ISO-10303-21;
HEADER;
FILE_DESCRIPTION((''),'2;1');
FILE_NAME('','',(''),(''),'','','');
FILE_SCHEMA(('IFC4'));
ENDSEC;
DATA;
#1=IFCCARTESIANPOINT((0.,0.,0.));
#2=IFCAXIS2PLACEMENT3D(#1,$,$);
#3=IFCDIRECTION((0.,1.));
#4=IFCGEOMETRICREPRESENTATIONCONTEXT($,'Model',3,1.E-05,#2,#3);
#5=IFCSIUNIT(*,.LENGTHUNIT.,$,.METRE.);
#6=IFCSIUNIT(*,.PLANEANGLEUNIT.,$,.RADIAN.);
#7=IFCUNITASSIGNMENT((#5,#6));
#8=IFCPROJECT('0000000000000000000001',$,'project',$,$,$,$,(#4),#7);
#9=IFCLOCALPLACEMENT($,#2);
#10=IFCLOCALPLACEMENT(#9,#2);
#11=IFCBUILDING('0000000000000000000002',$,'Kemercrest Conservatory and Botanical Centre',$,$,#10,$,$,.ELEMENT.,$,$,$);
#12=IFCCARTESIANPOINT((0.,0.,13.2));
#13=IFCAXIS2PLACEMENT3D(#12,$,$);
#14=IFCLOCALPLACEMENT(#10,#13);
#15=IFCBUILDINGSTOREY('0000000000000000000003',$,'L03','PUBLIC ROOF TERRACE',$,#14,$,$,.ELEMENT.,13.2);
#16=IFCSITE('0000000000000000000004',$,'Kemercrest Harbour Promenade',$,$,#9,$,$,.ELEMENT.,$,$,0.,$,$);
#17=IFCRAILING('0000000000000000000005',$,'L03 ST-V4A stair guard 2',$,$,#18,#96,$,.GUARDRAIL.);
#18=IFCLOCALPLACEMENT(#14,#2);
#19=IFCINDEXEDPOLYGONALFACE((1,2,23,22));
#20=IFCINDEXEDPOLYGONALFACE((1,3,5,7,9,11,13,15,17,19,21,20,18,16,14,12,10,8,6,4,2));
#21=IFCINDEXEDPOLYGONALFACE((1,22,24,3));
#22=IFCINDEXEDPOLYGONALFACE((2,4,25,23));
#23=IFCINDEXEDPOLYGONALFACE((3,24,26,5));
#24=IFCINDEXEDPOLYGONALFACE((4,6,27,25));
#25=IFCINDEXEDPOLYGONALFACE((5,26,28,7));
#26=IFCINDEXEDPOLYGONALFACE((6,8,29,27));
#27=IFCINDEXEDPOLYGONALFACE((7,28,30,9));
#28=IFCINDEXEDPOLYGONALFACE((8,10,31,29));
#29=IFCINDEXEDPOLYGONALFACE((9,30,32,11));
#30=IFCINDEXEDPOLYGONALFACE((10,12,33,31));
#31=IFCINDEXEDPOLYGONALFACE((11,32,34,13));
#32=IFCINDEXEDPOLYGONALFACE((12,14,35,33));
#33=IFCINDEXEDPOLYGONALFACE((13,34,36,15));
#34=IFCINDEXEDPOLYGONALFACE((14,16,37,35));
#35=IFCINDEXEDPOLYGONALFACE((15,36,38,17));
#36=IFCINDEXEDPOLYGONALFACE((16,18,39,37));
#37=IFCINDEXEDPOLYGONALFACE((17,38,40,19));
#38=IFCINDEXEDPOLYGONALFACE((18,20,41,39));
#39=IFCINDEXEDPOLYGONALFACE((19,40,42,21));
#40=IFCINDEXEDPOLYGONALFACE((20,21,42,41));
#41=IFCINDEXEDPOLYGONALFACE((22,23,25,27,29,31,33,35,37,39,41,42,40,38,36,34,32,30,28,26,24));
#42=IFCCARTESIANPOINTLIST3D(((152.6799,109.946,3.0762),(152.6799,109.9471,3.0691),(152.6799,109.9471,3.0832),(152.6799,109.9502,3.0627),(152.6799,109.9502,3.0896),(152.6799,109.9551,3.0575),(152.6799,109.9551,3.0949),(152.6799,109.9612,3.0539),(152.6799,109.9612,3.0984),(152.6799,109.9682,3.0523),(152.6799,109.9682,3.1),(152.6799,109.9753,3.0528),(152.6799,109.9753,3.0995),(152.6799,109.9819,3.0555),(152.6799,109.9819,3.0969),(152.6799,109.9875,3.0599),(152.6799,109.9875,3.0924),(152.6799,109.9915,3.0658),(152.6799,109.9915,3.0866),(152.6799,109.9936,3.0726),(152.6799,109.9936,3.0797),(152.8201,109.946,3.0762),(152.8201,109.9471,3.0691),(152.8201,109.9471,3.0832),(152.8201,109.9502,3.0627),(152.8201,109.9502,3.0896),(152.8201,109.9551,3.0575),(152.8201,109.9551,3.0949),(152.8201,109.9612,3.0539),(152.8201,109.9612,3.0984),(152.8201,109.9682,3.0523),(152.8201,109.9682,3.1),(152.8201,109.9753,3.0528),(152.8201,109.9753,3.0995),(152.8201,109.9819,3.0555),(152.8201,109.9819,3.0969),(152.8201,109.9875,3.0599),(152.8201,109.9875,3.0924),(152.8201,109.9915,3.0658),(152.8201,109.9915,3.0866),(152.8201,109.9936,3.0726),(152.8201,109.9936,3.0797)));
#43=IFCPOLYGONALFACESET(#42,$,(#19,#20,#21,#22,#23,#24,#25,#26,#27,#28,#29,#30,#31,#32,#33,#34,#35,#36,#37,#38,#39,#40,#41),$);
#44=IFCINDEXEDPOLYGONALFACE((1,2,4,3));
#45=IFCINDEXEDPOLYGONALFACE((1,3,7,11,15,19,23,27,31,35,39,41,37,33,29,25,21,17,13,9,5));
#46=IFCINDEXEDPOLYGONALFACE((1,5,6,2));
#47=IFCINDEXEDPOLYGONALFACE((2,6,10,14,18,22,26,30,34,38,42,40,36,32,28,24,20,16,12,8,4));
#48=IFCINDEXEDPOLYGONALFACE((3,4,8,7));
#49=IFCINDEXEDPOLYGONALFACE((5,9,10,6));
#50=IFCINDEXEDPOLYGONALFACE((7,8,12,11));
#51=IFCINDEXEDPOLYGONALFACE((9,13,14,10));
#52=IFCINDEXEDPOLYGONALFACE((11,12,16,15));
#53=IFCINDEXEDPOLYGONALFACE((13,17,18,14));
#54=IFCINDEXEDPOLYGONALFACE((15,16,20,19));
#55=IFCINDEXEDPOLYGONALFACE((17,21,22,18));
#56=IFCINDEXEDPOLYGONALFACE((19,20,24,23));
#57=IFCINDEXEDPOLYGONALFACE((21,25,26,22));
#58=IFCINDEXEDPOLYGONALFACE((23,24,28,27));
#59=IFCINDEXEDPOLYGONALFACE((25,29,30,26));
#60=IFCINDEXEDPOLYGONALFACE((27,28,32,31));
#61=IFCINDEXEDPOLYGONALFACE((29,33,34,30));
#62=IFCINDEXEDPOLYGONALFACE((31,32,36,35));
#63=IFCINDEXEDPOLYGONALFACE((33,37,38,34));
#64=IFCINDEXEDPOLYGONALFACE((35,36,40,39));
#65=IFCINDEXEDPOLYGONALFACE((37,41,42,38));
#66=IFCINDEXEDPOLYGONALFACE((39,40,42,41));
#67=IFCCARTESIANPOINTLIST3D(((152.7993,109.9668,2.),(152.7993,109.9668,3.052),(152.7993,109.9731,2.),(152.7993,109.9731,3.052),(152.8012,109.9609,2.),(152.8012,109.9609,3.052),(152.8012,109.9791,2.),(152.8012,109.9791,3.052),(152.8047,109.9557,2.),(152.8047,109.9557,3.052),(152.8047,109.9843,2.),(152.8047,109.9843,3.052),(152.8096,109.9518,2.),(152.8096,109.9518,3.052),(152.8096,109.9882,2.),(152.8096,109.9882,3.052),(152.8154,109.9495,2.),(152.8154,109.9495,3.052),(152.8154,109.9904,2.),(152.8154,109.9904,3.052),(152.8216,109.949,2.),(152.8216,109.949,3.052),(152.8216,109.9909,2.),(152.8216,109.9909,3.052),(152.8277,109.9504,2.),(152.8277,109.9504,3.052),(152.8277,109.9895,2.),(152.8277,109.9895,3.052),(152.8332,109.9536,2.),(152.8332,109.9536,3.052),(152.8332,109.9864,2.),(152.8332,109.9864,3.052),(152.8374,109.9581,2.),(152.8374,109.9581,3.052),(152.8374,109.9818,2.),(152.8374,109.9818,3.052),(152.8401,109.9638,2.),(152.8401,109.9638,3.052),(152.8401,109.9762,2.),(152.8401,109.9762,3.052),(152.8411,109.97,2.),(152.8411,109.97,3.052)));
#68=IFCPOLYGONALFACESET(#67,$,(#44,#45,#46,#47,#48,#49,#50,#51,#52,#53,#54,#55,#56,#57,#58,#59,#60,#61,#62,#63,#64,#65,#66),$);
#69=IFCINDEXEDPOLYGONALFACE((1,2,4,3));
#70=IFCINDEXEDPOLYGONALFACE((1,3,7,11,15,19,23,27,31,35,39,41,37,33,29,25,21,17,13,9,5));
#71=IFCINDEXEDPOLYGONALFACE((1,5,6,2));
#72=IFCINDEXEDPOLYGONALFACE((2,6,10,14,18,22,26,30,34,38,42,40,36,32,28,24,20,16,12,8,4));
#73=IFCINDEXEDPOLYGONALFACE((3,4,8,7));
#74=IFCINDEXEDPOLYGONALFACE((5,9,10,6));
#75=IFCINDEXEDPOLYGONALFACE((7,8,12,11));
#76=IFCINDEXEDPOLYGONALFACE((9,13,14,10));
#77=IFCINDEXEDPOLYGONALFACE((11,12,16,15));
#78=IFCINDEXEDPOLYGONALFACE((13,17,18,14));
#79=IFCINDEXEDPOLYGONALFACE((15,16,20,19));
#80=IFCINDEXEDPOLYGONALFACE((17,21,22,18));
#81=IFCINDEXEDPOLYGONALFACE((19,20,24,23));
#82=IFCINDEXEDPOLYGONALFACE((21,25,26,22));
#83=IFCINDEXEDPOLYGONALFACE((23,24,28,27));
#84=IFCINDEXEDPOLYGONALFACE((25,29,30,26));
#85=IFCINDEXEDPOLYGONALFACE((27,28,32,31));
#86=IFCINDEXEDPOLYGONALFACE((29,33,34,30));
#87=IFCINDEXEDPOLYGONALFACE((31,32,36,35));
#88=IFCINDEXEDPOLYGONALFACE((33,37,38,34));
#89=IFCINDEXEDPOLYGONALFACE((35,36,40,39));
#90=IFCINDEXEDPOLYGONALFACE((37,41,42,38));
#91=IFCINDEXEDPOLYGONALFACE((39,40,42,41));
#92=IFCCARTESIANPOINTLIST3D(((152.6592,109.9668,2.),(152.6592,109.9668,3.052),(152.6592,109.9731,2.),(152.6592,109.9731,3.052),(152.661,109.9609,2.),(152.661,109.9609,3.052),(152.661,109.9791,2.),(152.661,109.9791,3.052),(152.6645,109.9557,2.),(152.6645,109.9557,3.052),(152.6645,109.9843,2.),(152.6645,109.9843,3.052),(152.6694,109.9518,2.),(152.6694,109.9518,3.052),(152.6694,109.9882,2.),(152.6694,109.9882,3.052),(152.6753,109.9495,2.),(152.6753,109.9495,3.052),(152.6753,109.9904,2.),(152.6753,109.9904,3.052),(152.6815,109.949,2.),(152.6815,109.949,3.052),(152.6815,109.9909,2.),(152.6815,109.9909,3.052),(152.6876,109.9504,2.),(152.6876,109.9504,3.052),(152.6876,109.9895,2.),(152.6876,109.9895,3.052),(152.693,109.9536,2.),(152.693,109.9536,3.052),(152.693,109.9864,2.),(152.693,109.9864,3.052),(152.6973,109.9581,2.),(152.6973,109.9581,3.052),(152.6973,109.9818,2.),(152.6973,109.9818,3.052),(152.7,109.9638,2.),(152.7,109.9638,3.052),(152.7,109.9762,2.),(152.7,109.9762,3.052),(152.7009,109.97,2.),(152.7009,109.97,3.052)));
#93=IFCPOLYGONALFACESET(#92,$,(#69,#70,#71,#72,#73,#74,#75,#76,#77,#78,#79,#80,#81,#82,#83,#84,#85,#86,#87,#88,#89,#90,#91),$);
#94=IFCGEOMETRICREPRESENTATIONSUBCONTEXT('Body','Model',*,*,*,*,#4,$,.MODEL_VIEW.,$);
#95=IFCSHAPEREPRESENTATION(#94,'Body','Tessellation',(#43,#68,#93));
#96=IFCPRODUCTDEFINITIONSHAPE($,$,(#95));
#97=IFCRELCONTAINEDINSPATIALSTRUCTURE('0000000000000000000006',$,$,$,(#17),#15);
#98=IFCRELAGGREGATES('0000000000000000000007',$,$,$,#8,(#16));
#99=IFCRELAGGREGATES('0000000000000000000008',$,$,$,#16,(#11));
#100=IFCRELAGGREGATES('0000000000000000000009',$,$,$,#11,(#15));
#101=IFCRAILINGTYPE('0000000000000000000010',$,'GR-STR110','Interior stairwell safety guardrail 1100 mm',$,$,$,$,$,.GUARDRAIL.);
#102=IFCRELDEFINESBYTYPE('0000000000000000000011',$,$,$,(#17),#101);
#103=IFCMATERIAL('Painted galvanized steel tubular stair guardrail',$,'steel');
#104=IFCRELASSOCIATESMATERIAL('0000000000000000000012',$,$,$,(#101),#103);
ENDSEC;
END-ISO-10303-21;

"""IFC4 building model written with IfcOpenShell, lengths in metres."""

from ifc_helpers import new_model, si_unit, direction, frame, origin, origin_2d, place, context, subcontext, project, spatial, circle, extrude, material, type_object, element, save


model = new_model("IFC4")

# Units and contexts
model_context = context("Model", 3, precision=1e-05, world=origin(), true_north=direction((0.0, 1.0)))
body_context = subcontext(model_context, "Body", "Model", "MODEL_VIEW")
ifc_project = project(units=[si_unit("LENGTHUNIT", "METRE"), si_unit("PLANEANGLEUNIT", "RADIAN")], contexts=[model_context])

# Site, building, storey
site_placement = place(None, origin())
site = spatial("IfcSite", under=ifc_project, at=site_placement, Name="Kemercrest Harbour Promenade", CompositionType="ELEMENT", RefElevation=0.0)
building_placement = place(site_placement, origin())
building = spatial("IfcBuilding", under=site, at=building_placement, Name="Kemercrest Conservatory and Botanical Centre", CompositionType="ELEMENT")
storey_placement = place(building_placement, frame((0.0, 0.0, 13.2)))
storey = spatial("IfcBuildingStorey", under=building, at=storey_placement, Name="L03", Description="PUBLIC ROOF TERRACE", CompositionType="ELEMENT", Elevation=13.2)

# Railing
ifc_material_1 = material(Name="Painted galvanized steel tubular stair guardrail", Category="steel")
railing_type = type_object("IfcRailingType", Name="GR-STR110", Description="Interior stairwell safety guardrail 1100 mm", PredefinedType="GUARDRAIL", material=ifc_material_1)
railing_1_placement = place(storey_placement, frame((152.8201, 109.97, 2.0)))
element("IfcRailing", 1, at=railing_1_placement, inside=storey, type_object=railing_type, Name="L03 ST-V4A stair guard 2", PredefinedType="GUARDRAIL", context=body_context, shape_type="SweptSolid", body=[
    extrude(circle(Radius=0.0239, at=origin_2d()), frame((0.0, 0.0, 1.0762), z_axis=(-1.0, 0.0, 0.0), x_axis=(0.0, -1.0, 0.0)), (0.0, 0.0, 1.0), 0.1401),
    extrude(circle(Radius=0.021, at=origin_2d()), origin(), (0.0, 0.0, 1.0), 1.052),
    extrude(circle(Radius=0.021, at=origin_2d()), frame((-0.1401, 0.0, 0.0)), (0.0, 0.0, 1.0), 1.052),
])

save(model, "model.ifc")
